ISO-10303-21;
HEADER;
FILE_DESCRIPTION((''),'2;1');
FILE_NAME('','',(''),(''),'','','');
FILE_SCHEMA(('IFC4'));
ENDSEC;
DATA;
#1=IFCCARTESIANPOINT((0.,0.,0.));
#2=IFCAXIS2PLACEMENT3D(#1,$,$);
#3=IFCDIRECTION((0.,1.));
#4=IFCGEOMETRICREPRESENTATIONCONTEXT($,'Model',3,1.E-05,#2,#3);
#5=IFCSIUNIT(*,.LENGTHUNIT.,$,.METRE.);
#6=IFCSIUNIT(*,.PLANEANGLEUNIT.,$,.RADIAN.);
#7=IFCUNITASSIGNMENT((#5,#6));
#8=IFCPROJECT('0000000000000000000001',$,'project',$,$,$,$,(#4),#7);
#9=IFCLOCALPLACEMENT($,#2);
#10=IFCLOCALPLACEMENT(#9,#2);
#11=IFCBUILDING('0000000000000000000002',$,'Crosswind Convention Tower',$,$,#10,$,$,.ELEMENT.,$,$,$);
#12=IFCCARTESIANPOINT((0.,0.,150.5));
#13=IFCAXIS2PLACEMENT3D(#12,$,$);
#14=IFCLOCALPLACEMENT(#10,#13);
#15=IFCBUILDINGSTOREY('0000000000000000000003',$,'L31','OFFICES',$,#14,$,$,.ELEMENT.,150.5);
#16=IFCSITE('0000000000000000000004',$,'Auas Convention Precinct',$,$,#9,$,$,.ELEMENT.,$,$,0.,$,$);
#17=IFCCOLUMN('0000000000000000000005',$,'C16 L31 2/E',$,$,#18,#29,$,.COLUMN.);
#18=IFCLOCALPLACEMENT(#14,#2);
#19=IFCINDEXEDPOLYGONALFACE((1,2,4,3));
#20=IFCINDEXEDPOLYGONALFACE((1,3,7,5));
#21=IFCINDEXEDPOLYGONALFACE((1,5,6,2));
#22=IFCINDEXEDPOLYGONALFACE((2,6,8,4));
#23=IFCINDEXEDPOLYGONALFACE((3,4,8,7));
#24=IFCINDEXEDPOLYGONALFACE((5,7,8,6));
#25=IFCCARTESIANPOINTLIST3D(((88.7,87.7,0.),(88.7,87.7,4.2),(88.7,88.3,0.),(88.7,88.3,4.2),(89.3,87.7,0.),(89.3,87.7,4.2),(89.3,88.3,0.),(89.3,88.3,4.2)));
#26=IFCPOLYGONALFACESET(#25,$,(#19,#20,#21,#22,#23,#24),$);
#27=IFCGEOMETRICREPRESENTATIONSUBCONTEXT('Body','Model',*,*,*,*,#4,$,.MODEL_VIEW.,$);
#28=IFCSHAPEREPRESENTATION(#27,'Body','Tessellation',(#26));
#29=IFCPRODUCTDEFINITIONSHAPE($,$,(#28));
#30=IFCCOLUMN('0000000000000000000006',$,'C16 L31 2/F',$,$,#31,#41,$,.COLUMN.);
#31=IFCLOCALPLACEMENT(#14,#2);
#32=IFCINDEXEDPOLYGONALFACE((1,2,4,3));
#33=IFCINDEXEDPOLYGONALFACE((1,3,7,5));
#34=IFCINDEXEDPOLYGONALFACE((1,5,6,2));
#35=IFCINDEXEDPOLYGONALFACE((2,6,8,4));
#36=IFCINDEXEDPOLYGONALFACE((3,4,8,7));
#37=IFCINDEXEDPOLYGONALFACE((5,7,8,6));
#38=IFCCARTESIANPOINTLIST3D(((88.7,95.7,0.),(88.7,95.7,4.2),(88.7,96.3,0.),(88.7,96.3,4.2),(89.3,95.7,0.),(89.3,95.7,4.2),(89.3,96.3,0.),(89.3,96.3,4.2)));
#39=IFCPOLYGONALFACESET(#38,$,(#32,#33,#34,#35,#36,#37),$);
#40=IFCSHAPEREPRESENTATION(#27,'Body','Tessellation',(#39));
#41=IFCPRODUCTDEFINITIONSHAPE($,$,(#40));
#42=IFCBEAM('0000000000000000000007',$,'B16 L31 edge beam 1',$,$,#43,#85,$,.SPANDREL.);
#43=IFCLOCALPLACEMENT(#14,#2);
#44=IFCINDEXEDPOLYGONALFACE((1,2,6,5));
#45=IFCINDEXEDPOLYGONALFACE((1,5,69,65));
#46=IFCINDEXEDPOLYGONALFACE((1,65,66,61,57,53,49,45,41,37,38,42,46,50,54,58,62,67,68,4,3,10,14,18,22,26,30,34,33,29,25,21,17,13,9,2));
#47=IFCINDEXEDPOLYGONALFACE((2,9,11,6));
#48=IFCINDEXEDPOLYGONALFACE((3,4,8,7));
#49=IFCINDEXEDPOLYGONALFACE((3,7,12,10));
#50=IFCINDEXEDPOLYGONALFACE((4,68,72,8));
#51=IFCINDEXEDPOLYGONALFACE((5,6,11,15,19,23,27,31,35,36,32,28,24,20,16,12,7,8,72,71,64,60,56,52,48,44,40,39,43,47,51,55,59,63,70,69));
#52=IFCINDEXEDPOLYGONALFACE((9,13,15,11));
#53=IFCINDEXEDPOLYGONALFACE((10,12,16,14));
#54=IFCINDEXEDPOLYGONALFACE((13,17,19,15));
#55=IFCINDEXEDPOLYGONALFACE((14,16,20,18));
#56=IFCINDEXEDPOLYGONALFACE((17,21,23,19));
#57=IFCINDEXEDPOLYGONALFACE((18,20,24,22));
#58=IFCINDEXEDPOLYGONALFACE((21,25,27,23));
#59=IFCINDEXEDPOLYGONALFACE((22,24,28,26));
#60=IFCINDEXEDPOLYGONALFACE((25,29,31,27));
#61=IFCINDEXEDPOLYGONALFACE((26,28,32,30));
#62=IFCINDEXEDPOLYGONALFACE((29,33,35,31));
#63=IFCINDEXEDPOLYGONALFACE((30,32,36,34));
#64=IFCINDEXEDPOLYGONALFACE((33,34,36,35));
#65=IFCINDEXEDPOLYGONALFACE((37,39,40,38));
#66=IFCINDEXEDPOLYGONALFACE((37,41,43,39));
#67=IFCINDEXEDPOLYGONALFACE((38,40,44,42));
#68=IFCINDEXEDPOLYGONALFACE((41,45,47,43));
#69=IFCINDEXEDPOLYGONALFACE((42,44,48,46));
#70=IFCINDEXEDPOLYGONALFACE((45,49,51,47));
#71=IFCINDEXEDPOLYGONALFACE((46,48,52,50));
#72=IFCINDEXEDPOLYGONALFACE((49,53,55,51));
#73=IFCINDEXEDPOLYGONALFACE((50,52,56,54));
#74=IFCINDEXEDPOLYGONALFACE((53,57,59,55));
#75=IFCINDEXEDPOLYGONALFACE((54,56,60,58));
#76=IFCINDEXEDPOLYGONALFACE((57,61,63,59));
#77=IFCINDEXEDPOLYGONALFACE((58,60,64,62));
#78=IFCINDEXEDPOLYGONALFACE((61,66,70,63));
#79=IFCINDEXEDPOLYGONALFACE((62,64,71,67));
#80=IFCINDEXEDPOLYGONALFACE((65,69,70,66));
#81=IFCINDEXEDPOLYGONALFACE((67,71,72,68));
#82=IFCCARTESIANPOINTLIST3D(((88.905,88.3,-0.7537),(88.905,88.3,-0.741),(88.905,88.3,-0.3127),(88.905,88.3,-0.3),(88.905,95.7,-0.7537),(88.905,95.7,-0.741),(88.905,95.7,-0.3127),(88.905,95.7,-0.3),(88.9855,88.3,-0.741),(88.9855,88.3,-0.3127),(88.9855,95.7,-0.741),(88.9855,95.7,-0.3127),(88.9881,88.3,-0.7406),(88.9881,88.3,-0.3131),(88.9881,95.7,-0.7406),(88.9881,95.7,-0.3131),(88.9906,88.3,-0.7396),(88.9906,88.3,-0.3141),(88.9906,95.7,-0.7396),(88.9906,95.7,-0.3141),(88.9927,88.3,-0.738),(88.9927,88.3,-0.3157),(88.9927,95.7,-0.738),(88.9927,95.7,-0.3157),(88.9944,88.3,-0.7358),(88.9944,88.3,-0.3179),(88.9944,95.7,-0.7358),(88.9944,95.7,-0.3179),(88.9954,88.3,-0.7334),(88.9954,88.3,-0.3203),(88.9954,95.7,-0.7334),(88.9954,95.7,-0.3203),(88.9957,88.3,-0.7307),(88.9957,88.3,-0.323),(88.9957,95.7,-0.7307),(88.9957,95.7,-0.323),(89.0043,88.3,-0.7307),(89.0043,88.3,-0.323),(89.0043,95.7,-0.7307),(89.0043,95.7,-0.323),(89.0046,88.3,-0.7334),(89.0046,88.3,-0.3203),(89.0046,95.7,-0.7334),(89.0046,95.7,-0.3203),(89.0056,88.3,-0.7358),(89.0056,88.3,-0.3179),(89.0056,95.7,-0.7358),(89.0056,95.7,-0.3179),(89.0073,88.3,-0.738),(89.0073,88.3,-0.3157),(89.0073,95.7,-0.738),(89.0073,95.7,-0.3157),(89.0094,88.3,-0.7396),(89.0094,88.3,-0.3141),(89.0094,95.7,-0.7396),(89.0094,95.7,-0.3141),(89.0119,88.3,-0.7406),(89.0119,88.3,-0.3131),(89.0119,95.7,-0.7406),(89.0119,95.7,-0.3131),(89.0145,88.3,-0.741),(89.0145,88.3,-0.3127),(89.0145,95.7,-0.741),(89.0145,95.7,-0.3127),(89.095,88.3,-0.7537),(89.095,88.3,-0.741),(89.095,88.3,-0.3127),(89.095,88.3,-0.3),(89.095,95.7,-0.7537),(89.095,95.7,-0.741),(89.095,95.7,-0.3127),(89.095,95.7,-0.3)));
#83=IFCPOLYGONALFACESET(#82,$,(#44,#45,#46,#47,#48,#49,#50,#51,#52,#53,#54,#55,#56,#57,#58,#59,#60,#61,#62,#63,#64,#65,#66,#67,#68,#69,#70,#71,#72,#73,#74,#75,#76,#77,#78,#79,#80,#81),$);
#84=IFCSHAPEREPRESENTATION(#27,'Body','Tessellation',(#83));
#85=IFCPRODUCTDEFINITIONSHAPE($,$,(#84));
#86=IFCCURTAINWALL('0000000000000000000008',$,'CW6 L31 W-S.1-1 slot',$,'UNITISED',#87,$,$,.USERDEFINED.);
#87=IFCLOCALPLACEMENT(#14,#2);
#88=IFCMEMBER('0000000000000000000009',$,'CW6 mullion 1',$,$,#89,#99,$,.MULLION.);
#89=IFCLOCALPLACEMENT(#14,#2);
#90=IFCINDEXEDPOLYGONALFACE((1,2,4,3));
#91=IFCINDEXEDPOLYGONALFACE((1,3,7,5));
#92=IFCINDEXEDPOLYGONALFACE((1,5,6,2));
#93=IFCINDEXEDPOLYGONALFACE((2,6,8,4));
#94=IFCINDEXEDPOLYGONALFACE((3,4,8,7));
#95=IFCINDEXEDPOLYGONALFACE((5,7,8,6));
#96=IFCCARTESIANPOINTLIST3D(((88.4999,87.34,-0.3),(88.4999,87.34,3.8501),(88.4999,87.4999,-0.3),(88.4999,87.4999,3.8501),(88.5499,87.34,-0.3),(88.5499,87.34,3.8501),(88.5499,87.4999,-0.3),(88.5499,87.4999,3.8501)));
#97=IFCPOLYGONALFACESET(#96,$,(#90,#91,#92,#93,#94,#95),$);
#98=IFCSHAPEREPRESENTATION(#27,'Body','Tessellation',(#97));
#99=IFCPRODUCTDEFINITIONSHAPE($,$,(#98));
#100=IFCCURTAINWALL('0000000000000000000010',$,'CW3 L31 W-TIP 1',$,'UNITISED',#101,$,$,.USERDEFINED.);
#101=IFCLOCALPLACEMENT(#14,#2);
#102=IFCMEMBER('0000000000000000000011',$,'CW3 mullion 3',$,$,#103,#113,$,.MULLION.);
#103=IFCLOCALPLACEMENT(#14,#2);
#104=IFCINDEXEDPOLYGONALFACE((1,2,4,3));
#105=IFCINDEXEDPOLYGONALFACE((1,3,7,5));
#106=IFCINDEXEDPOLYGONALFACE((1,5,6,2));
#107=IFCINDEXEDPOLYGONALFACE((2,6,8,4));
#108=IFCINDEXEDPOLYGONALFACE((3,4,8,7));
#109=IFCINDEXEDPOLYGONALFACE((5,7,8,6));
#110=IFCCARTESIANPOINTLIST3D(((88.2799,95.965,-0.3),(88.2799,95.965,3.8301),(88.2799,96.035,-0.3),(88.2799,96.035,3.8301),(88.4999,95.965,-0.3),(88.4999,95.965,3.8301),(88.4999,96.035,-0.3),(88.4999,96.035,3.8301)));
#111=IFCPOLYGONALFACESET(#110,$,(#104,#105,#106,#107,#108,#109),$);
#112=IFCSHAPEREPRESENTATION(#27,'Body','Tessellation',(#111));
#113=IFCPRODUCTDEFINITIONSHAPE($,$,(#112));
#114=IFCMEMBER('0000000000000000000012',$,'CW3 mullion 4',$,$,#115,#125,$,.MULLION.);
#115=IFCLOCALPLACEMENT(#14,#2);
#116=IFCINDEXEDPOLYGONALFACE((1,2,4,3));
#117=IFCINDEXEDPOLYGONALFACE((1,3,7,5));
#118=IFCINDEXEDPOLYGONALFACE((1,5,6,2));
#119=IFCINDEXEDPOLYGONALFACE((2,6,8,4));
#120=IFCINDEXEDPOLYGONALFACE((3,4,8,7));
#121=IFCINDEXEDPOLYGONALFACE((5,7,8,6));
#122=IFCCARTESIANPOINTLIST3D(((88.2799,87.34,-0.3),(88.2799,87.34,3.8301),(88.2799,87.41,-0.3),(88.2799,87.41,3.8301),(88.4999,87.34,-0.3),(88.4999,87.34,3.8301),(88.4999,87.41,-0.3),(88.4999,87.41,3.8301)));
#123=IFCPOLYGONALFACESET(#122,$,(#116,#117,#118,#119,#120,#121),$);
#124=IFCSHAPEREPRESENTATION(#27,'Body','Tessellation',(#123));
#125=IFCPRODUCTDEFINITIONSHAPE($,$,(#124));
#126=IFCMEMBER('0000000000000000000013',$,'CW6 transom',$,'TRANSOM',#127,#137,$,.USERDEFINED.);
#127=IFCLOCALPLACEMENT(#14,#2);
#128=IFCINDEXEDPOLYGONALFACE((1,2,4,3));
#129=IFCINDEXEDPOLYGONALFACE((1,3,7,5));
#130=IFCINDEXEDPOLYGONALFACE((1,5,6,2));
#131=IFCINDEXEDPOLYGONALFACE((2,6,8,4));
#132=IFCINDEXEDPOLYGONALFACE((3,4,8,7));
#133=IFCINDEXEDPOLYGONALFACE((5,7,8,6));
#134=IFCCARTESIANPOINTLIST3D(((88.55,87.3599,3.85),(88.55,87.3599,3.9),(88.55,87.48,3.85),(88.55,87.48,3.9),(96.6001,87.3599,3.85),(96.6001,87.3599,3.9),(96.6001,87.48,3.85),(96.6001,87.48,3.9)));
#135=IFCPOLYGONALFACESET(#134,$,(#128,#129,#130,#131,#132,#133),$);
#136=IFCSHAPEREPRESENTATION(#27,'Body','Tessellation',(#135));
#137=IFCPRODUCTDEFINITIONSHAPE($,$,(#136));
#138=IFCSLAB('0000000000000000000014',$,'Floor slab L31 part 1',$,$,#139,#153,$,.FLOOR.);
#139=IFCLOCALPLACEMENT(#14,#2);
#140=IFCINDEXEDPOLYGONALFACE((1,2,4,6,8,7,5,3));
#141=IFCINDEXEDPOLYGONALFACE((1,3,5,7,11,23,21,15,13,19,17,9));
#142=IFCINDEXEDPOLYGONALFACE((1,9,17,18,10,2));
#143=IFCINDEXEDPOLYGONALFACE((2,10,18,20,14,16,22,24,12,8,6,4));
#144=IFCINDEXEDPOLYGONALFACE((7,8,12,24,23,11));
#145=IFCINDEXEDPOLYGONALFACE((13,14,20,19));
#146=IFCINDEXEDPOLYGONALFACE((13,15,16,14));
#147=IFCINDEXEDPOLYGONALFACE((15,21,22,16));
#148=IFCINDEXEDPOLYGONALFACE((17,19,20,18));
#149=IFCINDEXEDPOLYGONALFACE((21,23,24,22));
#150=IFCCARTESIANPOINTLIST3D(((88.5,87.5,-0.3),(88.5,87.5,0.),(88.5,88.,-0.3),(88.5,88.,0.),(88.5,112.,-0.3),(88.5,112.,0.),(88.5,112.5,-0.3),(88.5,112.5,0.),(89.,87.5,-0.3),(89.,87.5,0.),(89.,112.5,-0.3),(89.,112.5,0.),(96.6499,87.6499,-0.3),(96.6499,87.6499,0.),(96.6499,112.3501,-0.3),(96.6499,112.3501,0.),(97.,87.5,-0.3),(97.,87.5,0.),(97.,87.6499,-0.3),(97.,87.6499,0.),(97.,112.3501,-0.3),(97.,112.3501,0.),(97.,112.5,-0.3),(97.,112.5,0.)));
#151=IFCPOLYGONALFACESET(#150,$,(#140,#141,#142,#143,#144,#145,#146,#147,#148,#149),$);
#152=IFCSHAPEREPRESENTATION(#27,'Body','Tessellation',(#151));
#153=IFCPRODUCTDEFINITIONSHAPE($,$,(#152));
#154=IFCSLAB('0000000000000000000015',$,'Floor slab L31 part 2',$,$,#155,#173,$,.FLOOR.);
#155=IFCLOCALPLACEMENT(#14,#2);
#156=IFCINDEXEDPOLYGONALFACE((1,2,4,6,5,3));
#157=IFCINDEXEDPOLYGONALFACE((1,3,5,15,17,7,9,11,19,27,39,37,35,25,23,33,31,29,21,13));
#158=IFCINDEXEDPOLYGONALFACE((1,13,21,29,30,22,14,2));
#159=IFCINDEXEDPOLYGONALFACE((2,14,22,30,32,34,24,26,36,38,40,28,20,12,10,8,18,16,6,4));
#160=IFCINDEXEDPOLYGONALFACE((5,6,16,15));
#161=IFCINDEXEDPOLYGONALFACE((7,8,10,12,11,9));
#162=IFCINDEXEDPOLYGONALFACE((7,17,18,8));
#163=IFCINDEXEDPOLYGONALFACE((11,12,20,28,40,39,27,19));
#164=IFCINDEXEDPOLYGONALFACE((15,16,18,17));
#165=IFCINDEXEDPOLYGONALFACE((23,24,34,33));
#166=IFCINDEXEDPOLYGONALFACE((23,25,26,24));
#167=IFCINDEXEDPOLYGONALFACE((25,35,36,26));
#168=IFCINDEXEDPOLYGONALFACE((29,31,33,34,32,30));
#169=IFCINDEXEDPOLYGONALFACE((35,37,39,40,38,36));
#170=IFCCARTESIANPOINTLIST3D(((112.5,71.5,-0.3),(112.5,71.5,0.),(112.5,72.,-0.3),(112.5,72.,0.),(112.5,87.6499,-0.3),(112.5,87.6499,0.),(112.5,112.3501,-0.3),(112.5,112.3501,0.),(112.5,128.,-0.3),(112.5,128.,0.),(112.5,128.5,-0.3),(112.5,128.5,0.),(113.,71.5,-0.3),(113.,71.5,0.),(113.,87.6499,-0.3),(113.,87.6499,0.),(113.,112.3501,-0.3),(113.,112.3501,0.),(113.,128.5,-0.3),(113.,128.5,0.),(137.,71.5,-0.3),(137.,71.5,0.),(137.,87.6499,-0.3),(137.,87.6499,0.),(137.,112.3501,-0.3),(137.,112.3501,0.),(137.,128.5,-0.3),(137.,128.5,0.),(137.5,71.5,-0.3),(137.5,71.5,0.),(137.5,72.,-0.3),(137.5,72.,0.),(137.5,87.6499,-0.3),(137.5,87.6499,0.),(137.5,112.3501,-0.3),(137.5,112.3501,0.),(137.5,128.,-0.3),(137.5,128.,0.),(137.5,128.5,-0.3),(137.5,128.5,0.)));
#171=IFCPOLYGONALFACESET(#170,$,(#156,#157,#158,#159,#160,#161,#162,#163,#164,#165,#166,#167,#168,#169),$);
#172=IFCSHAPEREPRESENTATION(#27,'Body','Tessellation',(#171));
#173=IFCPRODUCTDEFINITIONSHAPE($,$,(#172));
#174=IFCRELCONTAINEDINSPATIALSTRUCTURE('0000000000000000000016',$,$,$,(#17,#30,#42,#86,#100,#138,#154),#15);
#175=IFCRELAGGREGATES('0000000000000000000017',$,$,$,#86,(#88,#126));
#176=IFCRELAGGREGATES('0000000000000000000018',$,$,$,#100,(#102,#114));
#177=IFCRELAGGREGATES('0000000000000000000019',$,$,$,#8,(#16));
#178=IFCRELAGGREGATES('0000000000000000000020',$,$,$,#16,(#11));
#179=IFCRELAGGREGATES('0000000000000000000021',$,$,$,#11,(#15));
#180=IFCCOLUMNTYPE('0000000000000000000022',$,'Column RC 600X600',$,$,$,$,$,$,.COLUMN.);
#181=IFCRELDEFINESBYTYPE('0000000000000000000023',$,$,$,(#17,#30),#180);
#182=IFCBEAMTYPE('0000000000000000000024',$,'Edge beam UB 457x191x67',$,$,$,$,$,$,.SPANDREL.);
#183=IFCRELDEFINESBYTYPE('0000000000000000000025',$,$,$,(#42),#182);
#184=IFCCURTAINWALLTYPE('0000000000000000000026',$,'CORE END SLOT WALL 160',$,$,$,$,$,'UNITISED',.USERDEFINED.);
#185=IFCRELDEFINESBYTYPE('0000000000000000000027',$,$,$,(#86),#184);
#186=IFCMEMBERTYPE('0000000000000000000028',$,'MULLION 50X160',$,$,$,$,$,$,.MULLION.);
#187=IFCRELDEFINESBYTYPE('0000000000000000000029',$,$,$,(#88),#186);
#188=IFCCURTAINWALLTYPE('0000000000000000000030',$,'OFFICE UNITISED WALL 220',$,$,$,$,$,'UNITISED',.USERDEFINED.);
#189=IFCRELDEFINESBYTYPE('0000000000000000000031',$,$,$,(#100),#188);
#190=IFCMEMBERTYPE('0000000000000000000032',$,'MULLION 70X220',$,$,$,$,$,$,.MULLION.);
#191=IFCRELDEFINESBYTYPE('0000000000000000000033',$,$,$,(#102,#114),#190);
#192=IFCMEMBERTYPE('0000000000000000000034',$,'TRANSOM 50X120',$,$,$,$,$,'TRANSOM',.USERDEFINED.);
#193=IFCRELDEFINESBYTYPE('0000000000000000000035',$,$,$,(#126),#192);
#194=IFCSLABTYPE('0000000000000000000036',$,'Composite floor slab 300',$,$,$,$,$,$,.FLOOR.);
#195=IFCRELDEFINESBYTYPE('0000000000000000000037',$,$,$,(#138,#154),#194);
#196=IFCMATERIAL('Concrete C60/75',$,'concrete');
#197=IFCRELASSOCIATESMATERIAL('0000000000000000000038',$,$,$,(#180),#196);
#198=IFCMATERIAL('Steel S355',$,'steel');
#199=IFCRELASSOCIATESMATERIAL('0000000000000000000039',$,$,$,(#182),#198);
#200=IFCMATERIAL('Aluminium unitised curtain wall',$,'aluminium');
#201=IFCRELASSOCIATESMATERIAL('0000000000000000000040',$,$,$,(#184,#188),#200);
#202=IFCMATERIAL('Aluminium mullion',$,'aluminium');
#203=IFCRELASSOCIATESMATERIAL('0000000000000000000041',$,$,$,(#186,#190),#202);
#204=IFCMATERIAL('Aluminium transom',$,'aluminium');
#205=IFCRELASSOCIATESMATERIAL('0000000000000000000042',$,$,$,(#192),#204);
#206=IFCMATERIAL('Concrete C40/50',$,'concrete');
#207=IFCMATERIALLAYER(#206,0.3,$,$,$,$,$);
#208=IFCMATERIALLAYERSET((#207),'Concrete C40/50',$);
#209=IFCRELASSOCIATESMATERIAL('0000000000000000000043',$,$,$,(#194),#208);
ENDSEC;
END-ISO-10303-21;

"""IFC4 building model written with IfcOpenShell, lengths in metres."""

from ifc_helpers import new_model, si_unit, direction, frame, origin, origin_2d, place, context, subcontext, project, spatial, polyline, rectangle, i_section, outline, extrude, material, layer, layer_set, material_profile, profile_set, type_object, element, aggregate, save


model = new_model("IFC4")

# Units and contexts
model_context = context("Model", 3, precision=1e-05, world=origin(), true_north=direction((0.0, 1.0)))
body_context = subcontext(model_context, "Body", "Model", "MODEL_VIEW")
ifc_project = project(units=[si_unit("LENGTHUNIT", "METRE"), si_unit("PLANEANGLEUNIT", "RADIAN")], contexts=[model_context])

# Site, building, storey
site_placement = place(None, origin())
site = spatial("IfcSite", under=ifc_project, at=site_placement, Name="Auas Convention Precinct", CompositionType="ELEMENT", RefElevation=0.0)
building_placement = place(site_placement, origin())
building = spatial("IfcBuilding", under=site, at=building_placement, Name="Crosswind Convention Tower", CompositionType="ELEMENT")
storey_placement = place(building_placement, frame((0.0, 0.0, 150.5)))
storey = spatial("IfcBuildingStorey", under=building, at=storey_placement, Name="L31", Description="OFFICES", CompositionType="ELEMENT", Elevation=150.5)

# Columns
ifc_material_1 = material(Name="Concrete C60/75", Category="concrete")
ifc_material_profile_1 = material_profile(ifc_material_1, rectangle(XDim=0.6001, YDim=0.6001, at=origin_2d()), Name="RC 600X600")
ifc_profile_set_1 = profile_set([ifc_material_profile_1], Name="Concrete C60/75")
column_type = type_object("IfcColumnType", Name="Column RC 600X600", PredefinedType="COLUMN", material=ifc_profile_set_1)
for number, where, z_axis, x_axis, name in (
    (1, (89.0, 88.0, 0.0), (0.0, 0.0, 1.0), (1.0, 0.0, 0.0), "C16 L31 2/E"),
    (2, (89.0, 96.0, 0.0), (0.0, 0.0, 1.0), (1.0, 0.0, 0.0), "C16 L31 2/F"),
):
    element("IfcColumn", number, at=place(storey_placement, frame(where, z_axis=z_axis, x_axis=x_axis)), inside=storey, type_object=column_type, Name=name, PredefinedType="COLUMN", context=body_context, shape_type="SweptSolid", body=[
        extrude(rectangle(XDim=0.6001, YDim=0.6001, at=origin_2d()), origin(), (0.0, 0.0, 1.0), 4.2),
    ])

# Beam
ifc_material_2 = material(Name="Steel S355", Category="steel")
ifc_material_profile_2 = material_profile(ifc_material_2, i_section(OverallWidth=0.1899, OverallDepth=0.4536, WebThickness=0.0085, FlangeThickness=0.0127, FilletRadius=0.0103, at=origin_2d()), Name="UB 457x191x67")
ifc_profile_set_2 = profile_set([ifc_material_profile_2], Name="Steel S355")
beam_type = type_object("IfcBeamType", Name="Edge beam UB 457x191x67", PredefinedType="SPANDREL", material=ifc_profile_set_2)
beam_placement = place(storey_placement, frame((89.0, 88.3, -0.5269), z_axis=(0.0, 1.0, 0.0), x_axis=(-1.0, 0.0, 0.0)))
element("IfcBeam", 3, at=beam_placement, inside=storey, type_object=beam_type, Name="B16 L31 edge beam 1", PredefinedType="SPANDREL", context=body_context, shape_type="SweptSolid", body=[
    extrude(i_section(OverallWidth=0.1899, OverallDepth=0.4536, WebThickness=0.0085, FlangeThickness=0.0127, FilletRadius=0.0103, at=origin_2d()), origin(), (0.0, 0.0, 1.0), 7.3999),
])

# Curtain wall, member
ifc_material_3 = material(Name="Aluminium unitised curtain wall", Category="aluminium")
curtain_wall_type_1 = type_object("IfcCurtainWallType", Name="CORE END SLOT WALL 160", ElementType="UNITISED", PredefinedType="USERDEFINED", material=ifc_material_3)
curtain_wall_1_placement = place(storey_placement, origin())
curtain_wall_1 = element("IfcCurtainWall", 4, at=curtain_wall_1_placement, inside=storey, type_object=curtain_wall_type_1, Name="CW6 L31 W-S.1-1 slot", ObjectType="UNITISED", PredefinedType="USERDEFINED")
ifc_material_4 = material(Name="Aluminium mullion", Category="aluminium")
ifc_material_profile_3 = material_profile(ifc_material_4, rectangle(XDim=0.1599, YDim=0.05, at=origin_2d()), Name="AL 160X50")
ifc_profile_set_3 = profile_set([ifc_material_profile_3], Name="Aluminium mullion")
member_type_1 = type_object("IfcMemberType", Name="MULLION 50X160", PredefinedType="MULLION", material=ifc_profile_set_3)
member_1_placement = place(storey_placement, frame((88.5249, 87.4199, -0.3), z_axis=(0.0, 0.0, 1.0), x_axis=(0.0, -1.0, 0.0)))
member_1 = element("IfcMember", 5, at=member_1_placement, type_object=member_type_1, Name="CW6 mullion 1", PredefinedType="MULLION", context=body_context, shape_type="SweptSolid", body=[
    extrude(rectangle(XDim=0.1599, YDim=0.05, at=origin_2d()), origin(), (0.0, 0.0, 1.0), 4.1501),
])

# Curtain wall, members
curtain_wall_type_2 = type_object("IfcCurtainWallType", Name="OFFICE UNITISED WALL 220", ElementType="UNITISED", PredefinedType="USERDEFINED", material=ifc_material_3)
curtain_wall_2_placement = place(storey_placement, origin())
curtain_wall_2 = element("IfcCurtainWall", 6, at=curtain_wall_2_placement, inside=storey, type_object=curtain_wall_type_2, Name="CW3 L31 W-TIP 1", ObjectType="UNITISED", PredefinedType="USERDEFINED")
ifc_material_profile_4 = material_profile(ifc_material_4, rectangle(XDim=0.22, YDim=0.0701, at=origin_2d()), Name="AL 220X70")
ifc_profile_set_4 = profile_set([ifc_material_profile_4], Name="Aluminium mullion")
member_type_2 = type_object("IfcMemberType", Name="MULLION 70X220", PredefinedType="MULLION", material=ifc_profile_set_4)
member_2_placement = place(storey_placement, frame((88.3899, 96.0, -0.3), z_axis=(0.0, 0.0, 1.0), x_axis=(-1.0, 0.0, 0.0)))
member_2 = element("IfcMember", 7, at=member_2_placement, type_object=member_type_2, Name="CW3 mullion 3", PredefinedType="MULLION", context=body_context, shape_type="SweptSolid", body=[
    extrude(rectangle(XDim=0.22, YDim=0.0701, at=origin_2d()), origin(), (0.0, 0.0, 1.0), 4.1301),
])
member_3_placement = place(storey_placement, frame((88.3899, 87.375, -0.3), z_axis=(0.0, 0.0, 1.0), x_axis=(-1.0, 0.0, 0.0)))
member_3 = element("IfcMember", 8, at=member_3_placement, type_object=member_type_2, Name="CW3 mullion 4", PredefinedType="MULLION", context=body_context, shape_type="SweptSolid", body=[
    extrude(rectangle(XDim=0.22, YDim=0.0701, at=origin_2d()), origin(), (0.0, 0.0, 1.0), 4.1301),
])

# Member
ifc_material_5 = material(Name="Aluminium transom", Category="aluminium")
ifc_material_profile_5 = material_profile(ifc_material_5, rectangle(XDim=0.1201, YDim=0.05, at=origin_2d()), Name="AL 120X50")
ifc_profile_set_5 = profile_set([ifc_material_profile_5], Name="Aluminium transom")
member_type_3 = type_object("IfcMemberType", Name="TRANSOM 50X120", ElementType="TRANSOM", PredefinedType="USERDEFINED", material=ifc_profile_set_5)
member_4_placement = place(storey_placement, frame((88.55, 87.4199, 3.875), z_axis=(1.0, 0.0, 0.0), x_axis=(0.0, 1.0, 0.0)))
member_4 = element("IfcMember", 9, at=member_4_placement, type_object=member_type_3, Name="CW6 transom", ObjectType="TRANSOM", PredefinedType="USERDEFINED", context=body_context, shape_type="SweptSolid", body=[
    extrude(rectangle(XDim=0.1201, YDim=0.05, at=origin_2d()), origin(), (0.0, 0.0, 1.0), 8.05),
])

# Slabs
ifc_material_6 = material(Name="Concrete C40/50", Category="concrete")
ifc_layer_1 = layer(ifc_material_6, 0.3)
ifc_layer_set_1 = layer_set([ifc_layer_1], Name="Concrete C40/50")
slab_type_1 = type_object("IfcSlabType", Name="Composite floor slab 300", PredefinedType="FLOOR", material=ifc_layer_set_1)
slab_1_placement = place(storey_placement, frame((0.0, 0.0, -0.3)))
element("IfcSlab", 10, at=slab_1_placement, inside=storey, type_object=slab_type_1, Name="Floor slab L31 part 1", PredefinedType="FLOOR", context=body_context, shape_type="SweptSolid", body=[
    extrude(outline(polyline([(97.0, 87.5), (89.0, 87.5), (88.5, 87.5), (88.5, 88.0), (88.5, 112.0), (88.5, 112.5), (89.0, 112.5), (97.0, 112.5), (97.0, 112.3501), (96.6499, 112.3501), (96.6499, 87.6499), (97.0, 87.6499), (97.0, 87.5)])), origin(), (0.0, 0.0, 1.0), 0.3),
])
slab_2_placement = place(storey_placement, frame((0.0, 0.0, -0.3)))
element("IfcSlab", 11, at=slab_2_placement, inside=storey, type_object=slab_type_1, Name="Floor slab L31 part 2", PredefinedType="FLOOR", context=body_context, shape_type="SweptSolid", body=[
    extrude(outline(polyline([(112.5, 87.6499), (113.0, 87.6499), (113.0, 112.3501), (112.5, 112.3501), (112.5, 128.0), (112.5, 128.5), (113.0, 128.5), (137.0, 128.5), (137.5, 128.5), (137.5, 128.0), (137.5, 112.3501), (137.0, 112.3501), (137.0, 87.6499), (137.5, 87.6499), (137.5, 72.0), (137.5, 71.5), (137.0, 71.5), (113.0, 71.5), (112.5, 71.5), (112.5, 72.0), (112.5, 87.6499)])), origin(), (0.0, 0.0, 1.0), 0.3),
])

aggregate(curtain_wall_1, [member_1, member_4])
aggregate(curtain_wall_2, [member_2, member_3])

save(model, "model.ifc")
